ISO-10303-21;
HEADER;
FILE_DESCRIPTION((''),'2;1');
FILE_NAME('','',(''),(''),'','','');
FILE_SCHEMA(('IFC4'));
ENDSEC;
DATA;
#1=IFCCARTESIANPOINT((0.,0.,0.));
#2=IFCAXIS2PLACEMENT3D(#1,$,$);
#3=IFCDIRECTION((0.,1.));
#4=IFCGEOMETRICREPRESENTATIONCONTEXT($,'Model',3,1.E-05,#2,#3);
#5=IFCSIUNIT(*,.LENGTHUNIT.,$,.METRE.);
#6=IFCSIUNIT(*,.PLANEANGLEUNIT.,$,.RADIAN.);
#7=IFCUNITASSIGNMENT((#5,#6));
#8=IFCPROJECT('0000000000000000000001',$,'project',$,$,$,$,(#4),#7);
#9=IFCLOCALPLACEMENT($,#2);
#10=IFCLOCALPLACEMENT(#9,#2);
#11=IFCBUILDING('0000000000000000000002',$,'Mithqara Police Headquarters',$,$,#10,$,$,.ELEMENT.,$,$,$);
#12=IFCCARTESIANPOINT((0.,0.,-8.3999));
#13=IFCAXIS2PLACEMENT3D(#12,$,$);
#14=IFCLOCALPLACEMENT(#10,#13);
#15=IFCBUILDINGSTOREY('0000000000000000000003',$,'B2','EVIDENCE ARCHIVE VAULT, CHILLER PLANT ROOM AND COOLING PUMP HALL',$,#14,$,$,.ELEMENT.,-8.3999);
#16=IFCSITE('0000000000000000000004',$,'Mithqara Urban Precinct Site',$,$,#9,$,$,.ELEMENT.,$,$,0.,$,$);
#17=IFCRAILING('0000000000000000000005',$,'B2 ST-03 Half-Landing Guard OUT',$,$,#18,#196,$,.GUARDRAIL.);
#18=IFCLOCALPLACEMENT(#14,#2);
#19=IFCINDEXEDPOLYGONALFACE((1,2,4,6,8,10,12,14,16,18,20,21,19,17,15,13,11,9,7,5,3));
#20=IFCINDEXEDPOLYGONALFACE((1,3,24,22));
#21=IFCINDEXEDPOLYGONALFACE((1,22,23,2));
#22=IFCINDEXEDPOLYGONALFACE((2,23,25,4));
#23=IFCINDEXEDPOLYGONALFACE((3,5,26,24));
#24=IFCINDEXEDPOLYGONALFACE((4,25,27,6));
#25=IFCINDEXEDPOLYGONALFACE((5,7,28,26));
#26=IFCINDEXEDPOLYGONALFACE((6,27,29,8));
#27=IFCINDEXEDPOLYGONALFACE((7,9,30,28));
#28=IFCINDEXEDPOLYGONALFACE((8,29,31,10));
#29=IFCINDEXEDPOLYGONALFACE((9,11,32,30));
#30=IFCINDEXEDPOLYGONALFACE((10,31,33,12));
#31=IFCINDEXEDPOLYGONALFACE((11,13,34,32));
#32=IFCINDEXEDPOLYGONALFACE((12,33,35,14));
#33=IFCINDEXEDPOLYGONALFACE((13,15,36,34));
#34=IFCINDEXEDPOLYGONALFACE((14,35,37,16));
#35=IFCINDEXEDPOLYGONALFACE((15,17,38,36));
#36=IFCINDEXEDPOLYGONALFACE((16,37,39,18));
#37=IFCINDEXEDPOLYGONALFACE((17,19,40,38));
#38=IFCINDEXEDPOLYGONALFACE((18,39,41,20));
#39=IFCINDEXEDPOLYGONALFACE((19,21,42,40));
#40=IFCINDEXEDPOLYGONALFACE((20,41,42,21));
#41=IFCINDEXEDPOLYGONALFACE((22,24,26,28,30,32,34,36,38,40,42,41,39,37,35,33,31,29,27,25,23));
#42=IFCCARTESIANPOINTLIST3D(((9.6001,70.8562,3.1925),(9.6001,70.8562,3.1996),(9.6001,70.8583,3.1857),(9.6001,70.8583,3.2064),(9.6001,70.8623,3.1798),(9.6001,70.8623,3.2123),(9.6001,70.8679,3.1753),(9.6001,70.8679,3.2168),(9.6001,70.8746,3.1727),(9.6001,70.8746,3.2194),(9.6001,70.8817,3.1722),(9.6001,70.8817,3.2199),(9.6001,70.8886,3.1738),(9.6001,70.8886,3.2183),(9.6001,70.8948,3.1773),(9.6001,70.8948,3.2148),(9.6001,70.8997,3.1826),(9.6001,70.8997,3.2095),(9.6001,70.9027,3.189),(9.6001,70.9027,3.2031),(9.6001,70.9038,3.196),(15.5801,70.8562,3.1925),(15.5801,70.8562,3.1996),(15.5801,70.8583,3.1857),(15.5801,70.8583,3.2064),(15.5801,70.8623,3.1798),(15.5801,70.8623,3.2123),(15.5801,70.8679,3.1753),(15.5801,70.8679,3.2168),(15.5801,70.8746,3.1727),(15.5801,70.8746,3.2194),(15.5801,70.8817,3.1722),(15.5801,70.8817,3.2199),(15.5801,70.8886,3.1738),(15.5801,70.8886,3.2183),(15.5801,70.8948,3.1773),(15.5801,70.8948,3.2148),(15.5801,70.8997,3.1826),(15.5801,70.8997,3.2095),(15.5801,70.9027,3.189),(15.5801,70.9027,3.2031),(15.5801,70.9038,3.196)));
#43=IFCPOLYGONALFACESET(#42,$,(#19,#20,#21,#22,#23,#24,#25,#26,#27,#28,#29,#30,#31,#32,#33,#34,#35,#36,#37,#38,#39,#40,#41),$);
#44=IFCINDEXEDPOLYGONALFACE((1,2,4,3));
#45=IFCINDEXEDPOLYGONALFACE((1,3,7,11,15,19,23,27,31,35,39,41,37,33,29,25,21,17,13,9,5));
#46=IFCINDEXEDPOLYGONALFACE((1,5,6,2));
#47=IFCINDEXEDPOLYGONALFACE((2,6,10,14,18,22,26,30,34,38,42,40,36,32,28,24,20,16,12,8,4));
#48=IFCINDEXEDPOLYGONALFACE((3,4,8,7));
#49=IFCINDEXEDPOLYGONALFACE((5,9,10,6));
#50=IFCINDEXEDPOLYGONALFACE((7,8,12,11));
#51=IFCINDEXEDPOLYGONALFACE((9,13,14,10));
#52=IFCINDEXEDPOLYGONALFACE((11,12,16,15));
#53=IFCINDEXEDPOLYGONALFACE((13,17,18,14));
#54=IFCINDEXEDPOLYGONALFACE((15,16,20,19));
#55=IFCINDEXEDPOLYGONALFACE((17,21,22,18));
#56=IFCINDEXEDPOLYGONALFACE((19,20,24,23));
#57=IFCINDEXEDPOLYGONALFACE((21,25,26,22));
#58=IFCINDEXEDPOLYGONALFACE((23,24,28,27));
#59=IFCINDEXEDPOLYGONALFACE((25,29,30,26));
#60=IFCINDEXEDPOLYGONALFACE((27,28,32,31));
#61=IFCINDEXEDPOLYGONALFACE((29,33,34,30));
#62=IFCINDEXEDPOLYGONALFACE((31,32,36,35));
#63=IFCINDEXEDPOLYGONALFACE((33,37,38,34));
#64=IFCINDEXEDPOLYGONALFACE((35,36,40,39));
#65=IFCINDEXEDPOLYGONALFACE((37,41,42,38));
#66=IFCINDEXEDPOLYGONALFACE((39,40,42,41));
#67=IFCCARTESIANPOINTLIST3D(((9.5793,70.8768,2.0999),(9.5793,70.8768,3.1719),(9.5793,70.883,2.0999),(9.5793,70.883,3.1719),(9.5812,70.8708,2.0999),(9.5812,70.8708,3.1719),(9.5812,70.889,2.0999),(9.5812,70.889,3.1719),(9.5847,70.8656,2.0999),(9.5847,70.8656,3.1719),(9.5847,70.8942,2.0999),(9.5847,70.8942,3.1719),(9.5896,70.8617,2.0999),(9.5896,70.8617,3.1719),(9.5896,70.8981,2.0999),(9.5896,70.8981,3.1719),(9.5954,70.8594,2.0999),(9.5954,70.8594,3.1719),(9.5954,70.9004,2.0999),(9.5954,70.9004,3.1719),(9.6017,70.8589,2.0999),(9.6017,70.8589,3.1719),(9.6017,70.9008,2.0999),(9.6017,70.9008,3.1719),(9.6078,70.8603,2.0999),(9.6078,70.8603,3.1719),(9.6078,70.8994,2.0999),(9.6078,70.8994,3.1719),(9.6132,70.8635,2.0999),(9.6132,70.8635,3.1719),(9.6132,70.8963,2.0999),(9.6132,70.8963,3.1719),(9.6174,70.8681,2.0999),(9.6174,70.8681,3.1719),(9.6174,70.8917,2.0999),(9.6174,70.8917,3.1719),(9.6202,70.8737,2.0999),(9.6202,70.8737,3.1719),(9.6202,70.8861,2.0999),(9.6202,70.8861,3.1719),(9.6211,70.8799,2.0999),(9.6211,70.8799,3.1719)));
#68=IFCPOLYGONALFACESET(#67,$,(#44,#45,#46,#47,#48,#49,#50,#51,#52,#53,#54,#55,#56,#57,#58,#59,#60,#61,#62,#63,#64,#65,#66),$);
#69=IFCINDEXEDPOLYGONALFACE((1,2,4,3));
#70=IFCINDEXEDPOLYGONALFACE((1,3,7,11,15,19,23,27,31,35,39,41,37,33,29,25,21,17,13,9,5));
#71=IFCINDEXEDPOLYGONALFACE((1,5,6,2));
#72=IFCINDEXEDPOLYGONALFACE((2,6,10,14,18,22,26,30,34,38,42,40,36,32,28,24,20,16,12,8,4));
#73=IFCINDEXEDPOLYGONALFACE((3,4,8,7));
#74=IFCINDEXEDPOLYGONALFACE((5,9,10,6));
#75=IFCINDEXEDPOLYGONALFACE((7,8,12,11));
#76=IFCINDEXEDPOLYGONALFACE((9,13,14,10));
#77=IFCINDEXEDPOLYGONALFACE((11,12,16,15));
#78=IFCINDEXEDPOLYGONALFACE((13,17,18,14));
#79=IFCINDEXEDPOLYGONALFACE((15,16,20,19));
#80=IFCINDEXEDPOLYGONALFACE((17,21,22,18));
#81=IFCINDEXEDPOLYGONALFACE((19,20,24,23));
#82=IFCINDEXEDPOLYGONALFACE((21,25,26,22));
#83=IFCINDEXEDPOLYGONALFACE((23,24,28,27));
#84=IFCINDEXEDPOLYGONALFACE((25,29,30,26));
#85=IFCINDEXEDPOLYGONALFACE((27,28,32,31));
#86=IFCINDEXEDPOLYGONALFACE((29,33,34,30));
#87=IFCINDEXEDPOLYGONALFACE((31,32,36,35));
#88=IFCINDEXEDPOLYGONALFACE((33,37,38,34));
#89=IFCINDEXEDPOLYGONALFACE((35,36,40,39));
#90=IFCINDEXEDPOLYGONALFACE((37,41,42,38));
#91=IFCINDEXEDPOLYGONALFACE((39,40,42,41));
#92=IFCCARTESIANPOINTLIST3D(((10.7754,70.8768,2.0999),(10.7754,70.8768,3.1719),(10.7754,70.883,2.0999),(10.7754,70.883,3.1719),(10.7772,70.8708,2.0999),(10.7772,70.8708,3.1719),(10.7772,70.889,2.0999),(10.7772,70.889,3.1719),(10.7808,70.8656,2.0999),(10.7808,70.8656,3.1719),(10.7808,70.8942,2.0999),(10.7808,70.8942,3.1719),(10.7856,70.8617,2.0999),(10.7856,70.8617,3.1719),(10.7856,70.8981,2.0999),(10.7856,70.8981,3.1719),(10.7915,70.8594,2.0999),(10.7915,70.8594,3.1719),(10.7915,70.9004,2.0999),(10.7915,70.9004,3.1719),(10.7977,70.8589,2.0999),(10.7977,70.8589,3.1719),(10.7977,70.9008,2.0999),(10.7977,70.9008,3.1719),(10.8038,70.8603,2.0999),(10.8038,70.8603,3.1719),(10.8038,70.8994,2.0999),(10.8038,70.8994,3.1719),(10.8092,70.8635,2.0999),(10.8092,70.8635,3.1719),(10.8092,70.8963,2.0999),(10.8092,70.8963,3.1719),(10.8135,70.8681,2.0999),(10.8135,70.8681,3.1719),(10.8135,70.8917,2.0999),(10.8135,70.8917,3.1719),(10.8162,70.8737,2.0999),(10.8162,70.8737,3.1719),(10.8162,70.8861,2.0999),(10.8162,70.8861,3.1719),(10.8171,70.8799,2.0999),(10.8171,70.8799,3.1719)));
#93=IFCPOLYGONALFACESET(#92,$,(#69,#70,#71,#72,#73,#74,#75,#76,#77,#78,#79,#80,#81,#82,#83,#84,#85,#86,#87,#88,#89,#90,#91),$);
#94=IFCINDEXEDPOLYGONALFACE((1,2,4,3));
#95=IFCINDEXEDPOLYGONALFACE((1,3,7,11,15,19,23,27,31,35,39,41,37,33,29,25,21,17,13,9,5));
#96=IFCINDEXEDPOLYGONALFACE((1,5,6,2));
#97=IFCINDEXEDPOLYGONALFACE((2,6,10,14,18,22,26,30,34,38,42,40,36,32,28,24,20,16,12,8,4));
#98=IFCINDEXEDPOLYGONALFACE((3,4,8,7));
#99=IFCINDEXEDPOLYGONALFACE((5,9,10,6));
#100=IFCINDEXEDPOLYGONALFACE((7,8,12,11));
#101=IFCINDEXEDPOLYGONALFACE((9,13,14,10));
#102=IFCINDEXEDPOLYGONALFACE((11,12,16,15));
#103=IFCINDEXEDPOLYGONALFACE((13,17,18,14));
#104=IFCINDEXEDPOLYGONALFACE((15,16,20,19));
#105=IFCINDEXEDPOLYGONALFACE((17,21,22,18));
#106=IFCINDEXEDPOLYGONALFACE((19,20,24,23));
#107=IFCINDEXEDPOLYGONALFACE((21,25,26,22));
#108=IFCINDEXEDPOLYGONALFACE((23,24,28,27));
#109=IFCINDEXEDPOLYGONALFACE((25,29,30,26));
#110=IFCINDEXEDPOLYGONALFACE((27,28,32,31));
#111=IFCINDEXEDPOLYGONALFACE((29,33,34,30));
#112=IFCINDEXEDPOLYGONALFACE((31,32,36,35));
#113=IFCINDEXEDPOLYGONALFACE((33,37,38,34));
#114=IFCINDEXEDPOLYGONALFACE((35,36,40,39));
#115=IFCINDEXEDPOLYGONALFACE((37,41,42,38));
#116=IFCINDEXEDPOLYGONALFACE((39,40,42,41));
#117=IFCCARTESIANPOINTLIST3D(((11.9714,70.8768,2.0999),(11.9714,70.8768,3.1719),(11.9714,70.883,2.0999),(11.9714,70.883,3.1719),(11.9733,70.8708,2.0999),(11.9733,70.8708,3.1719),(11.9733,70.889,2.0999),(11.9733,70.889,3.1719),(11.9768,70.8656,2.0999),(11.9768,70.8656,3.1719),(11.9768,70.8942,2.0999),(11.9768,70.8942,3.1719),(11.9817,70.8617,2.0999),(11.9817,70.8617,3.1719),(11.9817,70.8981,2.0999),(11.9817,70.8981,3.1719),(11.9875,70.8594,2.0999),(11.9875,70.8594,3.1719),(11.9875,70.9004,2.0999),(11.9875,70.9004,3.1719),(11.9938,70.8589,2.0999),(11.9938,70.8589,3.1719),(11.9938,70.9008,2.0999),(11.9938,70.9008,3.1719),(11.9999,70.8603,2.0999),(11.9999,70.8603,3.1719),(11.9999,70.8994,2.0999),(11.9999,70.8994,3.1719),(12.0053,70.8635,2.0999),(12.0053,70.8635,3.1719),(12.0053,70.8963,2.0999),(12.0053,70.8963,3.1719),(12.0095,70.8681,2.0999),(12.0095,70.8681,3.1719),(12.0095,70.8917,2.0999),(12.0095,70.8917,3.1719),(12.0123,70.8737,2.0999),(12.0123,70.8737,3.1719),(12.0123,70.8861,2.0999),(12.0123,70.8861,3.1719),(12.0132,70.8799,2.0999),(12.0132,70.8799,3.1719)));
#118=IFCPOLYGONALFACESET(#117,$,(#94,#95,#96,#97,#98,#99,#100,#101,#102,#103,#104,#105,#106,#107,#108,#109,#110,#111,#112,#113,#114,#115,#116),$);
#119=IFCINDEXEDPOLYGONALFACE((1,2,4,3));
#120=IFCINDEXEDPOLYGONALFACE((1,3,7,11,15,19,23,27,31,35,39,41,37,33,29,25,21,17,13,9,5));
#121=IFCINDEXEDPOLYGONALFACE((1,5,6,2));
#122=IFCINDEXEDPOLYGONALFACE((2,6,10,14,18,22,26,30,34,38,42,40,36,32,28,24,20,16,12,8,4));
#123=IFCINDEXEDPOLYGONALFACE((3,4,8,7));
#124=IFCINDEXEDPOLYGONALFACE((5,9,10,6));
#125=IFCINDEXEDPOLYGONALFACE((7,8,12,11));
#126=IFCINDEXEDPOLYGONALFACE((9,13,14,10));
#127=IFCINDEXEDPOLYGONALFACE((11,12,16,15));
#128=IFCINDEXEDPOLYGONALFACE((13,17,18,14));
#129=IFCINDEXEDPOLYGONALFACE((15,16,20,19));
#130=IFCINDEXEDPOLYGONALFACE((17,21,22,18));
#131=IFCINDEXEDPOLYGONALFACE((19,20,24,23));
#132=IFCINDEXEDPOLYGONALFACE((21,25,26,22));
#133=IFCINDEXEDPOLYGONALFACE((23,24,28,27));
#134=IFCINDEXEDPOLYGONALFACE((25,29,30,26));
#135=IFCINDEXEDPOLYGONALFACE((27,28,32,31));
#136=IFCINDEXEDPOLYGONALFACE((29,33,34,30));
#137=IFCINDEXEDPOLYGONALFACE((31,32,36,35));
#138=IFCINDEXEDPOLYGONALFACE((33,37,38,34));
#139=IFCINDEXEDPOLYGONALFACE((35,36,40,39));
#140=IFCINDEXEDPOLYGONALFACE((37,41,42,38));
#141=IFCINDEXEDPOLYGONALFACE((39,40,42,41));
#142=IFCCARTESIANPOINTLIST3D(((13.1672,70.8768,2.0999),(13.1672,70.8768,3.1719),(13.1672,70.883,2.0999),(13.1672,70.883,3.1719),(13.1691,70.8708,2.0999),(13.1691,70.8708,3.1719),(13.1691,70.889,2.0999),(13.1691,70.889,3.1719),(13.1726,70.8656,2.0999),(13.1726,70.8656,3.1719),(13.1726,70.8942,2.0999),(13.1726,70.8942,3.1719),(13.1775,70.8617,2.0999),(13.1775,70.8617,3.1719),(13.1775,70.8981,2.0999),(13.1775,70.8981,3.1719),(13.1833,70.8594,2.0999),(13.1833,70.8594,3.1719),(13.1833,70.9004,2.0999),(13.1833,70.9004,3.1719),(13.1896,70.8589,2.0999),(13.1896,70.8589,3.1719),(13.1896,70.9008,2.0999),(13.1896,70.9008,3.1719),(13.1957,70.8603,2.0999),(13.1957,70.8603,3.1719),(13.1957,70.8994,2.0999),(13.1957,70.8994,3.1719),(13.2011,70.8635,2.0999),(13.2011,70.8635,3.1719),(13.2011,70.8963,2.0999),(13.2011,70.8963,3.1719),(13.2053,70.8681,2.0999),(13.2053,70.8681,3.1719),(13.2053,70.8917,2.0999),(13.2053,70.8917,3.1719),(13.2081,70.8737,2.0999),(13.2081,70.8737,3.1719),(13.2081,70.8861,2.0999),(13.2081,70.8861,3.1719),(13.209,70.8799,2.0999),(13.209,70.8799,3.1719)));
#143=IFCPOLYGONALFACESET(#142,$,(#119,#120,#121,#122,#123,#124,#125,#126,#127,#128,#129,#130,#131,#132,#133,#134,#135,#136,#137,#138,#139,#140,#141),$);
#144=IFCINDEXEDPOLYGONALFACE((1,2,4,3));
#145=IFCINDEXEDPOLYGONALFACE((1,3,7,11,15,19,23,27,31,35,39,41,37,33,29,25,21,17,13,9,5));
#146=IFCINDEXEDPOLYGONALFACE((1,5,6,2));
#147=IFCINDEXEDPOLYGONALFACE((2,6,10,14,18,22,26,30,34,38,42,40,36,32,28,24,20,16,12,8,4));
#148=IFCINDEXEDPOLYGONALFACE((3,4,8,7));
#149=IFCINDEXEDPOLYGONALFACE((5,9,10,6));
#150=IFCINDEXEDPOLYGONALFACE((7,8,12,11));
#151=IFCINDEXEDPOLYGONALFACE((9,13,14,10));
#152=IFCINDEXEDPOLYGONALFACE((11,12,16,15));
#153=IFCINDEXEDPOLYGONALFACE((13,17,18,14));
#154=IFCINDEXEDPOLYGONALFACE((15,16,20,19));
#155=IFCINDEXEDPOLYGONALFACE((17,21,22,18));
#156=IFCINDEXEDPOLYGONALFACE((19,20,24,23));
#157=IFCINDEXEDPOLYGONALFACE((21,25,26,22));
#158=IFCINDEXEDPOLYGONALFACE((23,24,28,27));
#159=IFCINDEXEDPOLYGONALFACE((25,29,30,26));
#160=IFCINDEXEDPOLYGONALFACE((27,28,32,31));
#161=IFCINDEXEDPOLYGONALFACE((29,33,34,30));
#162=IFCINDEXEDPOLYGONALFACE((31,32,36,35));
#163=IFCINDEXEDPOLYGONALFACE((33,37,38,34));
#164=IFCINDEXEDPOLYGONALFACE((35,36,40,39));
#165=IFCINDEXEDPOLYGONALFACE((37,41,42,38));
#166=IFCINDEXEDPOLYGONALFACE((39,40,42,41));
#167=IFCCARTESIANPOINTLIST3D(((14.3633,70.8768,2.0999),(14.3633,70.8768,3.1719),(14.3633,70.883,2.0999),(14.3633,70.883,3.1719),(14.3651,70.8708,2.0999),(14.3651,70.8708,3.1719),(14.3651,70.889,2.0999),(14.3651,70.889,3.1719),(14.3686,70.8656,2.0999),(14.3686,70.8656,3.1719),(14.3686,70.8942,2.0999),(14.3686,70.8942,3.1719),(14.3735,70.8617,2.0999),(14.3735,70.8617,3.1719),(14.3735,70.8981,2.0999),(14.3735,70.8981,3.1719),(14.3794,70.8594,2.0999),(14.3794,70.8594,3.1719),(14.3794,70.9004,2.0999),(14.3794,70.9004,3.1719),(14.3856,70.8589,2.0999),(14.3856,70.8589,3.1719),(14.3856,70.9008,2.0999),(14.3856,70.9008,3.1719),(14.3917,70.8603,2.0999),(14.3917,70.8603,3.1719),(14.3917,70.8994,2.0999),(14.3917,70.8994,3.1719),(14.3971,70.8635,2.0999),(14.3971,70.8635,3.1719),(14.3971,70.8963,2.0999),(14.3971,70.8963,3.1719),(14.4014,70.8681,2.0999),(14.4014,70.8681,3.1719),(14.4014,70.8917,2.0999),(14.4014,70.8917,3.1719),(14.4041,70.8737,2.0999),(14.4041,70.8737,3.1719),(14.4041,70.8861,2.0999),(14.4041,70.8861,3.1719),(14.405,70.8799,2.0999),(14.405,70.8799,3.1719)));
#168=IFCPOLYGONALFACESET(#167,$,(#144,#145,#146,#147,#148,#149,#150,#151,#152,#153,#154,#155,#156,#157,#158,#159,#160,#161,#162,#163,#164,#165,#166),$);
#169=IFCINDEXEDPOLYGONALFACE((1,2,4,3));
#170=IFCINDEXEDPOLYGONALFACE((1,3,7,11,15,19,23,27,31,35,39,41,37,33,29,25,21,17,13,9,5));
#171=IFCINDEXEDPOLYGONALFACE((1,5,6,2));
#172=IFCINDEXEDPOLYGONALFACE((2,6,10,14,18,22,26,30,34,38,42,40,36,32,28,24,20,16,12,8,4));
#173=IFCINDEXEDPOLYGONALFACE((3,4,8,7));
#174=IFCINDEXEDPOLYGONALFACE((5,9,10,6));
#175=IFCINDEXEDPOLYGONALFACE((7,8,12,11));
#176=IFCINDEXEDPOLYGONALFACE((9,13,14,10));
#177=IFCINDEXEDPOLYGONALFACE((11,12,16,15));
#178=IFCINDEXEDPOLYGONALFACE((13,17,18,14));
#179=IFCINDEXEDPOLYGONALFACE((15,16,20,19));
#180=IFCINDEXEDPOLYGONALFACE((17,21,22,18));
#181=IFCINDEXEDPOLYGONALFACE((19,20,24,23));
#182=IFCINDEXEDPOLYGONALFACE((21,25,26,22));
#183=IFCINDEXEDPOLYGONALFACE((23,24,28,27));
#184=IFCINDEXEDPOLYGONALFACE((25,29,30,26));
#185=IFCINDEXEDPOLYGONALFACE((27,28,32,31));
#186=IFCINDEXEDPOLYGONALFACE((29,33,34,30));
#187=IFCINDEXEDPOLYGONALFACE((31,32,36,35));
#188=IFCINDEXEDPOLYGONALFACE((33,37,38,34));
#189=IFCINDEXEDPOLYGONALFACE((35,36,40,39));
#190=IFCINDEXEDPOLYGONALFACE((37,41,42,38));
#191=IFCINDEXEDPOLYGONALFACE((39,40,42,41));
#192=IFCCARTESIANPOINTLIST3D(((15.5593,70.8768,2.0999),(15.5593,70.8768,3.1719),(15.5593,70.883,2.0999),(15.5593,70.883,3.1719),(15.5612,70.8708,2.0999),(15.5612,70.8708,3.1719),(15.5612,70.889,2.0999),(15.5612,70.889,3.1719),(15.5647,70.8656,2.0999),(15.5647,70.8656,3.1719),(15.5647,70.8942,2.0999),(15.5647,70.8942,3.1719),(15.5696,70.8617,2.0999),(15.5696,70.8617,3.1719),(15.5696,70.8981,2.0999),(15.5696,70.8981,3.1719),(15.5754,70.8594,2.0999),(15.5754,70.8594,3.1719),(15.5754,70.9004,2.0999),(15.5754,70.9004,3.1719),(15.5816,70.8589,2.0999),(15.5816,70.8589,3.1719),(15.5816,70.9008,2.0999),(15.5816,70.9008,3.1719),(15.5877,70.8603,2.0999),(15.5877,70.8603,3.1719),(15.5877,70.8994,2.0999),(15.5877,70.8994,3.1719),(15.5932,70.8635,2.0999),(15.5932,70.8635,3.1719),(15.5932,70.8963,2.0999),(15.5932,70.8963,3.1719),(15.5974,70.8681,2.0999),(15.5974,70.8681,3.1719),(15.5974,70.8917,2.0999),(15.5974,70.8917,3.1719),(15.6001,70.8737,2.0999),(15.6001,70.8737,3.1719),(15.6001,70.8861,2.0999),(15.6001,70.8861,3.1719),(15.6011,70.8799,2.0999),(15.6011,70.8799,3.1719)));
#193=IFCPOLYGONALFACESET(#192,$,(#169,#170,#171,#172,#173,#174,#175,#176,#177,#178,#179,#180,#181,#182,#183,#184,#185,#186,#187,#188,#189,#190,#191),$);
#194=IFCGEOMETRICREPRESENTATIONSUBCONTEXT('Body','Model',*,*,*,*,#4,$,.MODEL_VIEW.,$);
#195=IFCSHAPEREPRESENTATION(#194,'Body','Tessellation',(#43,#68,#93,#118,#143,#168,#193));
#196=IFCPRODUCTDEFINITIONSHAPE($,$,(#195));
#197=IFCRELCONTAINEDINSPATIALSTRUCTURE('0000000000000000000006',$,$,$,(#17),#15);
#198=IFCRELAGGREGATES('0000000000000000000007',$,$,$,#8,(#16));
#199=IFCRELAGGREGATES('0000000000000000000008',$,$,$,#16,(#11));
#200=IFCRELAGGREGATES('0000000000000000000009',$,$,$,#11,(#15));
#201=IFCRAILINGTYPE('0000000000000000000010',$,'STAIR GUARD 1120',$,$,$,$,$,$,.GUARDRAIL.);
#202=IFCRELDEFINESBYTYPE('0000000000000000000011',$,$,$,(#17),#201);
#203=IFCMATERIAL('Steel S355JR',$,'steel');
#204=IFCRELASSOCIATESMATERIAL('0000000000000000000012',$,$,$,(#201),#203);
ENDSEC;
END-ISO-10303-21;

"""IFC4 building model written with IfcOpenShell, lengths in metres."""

from ifc_helpers import new_model, si_unit, direction, frame, origin, origin_2d, place, context, subcontext, project, spatial, circle, extrude, material, type_object, element, save


model = new_model("IFC4")

# Units and contexts
model_context = context("Model", 3, precision=1e-05, world=origin(), true_north=direction((0.0, 1.0)))
body_context = subcontext(model_context, "Body", "Model", "MODEL_VIEW")
ifc_project = project(units=[si_unit("LENGTHUNIT", "METRE"), si_unit("PLANEANGLEUNIT", "RADIAN")], contexts=[model_context])

# Site, building, storey
site_placement = place(None, origin())
site = spatial("IfcSite", under=ifc_project, at=site_placement, Name="Mithqara Urban Precinct Site", CompositionType="ELEMENT", RefElevation=0.0)
building_placement = place(site_placement, origin())
building = spatial("IfcBuilding", under=site, at=building_placement, Name="Mithqara Police Headquarters", CompositionType="ELEMENT")
storey_placement = place(building_placement, frame((0.0, 0.0, -8.3999)))
storey = spatial("IfcBuildingStorey", under=building, at=storey_placement, Name="B2", Description="EVIDENCE ARCHIVE VAULT, CHILLER PLANT ROOM AND COOLING PUMP HALL", CompositionType="ELEMENT", Elevation=-8.3999)

# Shared definitions
ifc_material_1 = material(Name="Steel S355JR", Category="steel")

# Railing
railing_type_1 = type_object("IfcRailingType", Name="STAIR GUARD 1120", PredefinedType="GUARDRAIL", material=ifc_material_1)
for number, where, name in (
    (1, (9.6001, 70.8799, 2.0999), "B2 ST-03 Half-Landing Guard OUT"),
):
    element("IfcRailing", number, at=place(storey_placement, frame(where)), inside=storey, type_object=railing_type_1, Name=name, PredefinedType="GUARDRAIL", context=body_context, shape_type="SweptSolid", body=[
        extrude(circle(Radius=0.0239, at=origin_2d()), frame((0.0, 0.0, 1.0962), z_axis=(1.0, 0.0, 0.0), x_axis=(0.0, 1.0, 0.0)), (0.0, 0.0, 1.0), 5.98),
        extrude(circle(Radius=0.021, at=origin_2d()), origin(), (0.0, 0.0, 1.0), 1.072),
        extrude(circle(Radius=0.021, at=origin_2d()), frame((1.196, 0.0, 0.0)), (0.0, 0.0, 1.0), 1.072),
        extrude(circle(Radius=0.021, at=origin_2d()), frame((2.3921, 0.0, 0.0)), (0.0, 0.0, 1.0), 1.072),
        extrude(circle(Radius=0.021, at=origin_2d()), frame((3.5879, 0.0, 0.0)), (0.0, 0.0, 1.0), 1.072),
        extrude(circle(Radius=0.021, at=origin_2d()), frame((4.7839, 0.0, 0.0)), (0.0, 0.0, 1.0), 1.072),
        extrude(circle(Radius=0.021, at=origin_2d()), frame((5.98, 0.0, 0.0)), (0.0, 0.0, 1.0), 1.072),
    ])

save(model, "model.ifc")
